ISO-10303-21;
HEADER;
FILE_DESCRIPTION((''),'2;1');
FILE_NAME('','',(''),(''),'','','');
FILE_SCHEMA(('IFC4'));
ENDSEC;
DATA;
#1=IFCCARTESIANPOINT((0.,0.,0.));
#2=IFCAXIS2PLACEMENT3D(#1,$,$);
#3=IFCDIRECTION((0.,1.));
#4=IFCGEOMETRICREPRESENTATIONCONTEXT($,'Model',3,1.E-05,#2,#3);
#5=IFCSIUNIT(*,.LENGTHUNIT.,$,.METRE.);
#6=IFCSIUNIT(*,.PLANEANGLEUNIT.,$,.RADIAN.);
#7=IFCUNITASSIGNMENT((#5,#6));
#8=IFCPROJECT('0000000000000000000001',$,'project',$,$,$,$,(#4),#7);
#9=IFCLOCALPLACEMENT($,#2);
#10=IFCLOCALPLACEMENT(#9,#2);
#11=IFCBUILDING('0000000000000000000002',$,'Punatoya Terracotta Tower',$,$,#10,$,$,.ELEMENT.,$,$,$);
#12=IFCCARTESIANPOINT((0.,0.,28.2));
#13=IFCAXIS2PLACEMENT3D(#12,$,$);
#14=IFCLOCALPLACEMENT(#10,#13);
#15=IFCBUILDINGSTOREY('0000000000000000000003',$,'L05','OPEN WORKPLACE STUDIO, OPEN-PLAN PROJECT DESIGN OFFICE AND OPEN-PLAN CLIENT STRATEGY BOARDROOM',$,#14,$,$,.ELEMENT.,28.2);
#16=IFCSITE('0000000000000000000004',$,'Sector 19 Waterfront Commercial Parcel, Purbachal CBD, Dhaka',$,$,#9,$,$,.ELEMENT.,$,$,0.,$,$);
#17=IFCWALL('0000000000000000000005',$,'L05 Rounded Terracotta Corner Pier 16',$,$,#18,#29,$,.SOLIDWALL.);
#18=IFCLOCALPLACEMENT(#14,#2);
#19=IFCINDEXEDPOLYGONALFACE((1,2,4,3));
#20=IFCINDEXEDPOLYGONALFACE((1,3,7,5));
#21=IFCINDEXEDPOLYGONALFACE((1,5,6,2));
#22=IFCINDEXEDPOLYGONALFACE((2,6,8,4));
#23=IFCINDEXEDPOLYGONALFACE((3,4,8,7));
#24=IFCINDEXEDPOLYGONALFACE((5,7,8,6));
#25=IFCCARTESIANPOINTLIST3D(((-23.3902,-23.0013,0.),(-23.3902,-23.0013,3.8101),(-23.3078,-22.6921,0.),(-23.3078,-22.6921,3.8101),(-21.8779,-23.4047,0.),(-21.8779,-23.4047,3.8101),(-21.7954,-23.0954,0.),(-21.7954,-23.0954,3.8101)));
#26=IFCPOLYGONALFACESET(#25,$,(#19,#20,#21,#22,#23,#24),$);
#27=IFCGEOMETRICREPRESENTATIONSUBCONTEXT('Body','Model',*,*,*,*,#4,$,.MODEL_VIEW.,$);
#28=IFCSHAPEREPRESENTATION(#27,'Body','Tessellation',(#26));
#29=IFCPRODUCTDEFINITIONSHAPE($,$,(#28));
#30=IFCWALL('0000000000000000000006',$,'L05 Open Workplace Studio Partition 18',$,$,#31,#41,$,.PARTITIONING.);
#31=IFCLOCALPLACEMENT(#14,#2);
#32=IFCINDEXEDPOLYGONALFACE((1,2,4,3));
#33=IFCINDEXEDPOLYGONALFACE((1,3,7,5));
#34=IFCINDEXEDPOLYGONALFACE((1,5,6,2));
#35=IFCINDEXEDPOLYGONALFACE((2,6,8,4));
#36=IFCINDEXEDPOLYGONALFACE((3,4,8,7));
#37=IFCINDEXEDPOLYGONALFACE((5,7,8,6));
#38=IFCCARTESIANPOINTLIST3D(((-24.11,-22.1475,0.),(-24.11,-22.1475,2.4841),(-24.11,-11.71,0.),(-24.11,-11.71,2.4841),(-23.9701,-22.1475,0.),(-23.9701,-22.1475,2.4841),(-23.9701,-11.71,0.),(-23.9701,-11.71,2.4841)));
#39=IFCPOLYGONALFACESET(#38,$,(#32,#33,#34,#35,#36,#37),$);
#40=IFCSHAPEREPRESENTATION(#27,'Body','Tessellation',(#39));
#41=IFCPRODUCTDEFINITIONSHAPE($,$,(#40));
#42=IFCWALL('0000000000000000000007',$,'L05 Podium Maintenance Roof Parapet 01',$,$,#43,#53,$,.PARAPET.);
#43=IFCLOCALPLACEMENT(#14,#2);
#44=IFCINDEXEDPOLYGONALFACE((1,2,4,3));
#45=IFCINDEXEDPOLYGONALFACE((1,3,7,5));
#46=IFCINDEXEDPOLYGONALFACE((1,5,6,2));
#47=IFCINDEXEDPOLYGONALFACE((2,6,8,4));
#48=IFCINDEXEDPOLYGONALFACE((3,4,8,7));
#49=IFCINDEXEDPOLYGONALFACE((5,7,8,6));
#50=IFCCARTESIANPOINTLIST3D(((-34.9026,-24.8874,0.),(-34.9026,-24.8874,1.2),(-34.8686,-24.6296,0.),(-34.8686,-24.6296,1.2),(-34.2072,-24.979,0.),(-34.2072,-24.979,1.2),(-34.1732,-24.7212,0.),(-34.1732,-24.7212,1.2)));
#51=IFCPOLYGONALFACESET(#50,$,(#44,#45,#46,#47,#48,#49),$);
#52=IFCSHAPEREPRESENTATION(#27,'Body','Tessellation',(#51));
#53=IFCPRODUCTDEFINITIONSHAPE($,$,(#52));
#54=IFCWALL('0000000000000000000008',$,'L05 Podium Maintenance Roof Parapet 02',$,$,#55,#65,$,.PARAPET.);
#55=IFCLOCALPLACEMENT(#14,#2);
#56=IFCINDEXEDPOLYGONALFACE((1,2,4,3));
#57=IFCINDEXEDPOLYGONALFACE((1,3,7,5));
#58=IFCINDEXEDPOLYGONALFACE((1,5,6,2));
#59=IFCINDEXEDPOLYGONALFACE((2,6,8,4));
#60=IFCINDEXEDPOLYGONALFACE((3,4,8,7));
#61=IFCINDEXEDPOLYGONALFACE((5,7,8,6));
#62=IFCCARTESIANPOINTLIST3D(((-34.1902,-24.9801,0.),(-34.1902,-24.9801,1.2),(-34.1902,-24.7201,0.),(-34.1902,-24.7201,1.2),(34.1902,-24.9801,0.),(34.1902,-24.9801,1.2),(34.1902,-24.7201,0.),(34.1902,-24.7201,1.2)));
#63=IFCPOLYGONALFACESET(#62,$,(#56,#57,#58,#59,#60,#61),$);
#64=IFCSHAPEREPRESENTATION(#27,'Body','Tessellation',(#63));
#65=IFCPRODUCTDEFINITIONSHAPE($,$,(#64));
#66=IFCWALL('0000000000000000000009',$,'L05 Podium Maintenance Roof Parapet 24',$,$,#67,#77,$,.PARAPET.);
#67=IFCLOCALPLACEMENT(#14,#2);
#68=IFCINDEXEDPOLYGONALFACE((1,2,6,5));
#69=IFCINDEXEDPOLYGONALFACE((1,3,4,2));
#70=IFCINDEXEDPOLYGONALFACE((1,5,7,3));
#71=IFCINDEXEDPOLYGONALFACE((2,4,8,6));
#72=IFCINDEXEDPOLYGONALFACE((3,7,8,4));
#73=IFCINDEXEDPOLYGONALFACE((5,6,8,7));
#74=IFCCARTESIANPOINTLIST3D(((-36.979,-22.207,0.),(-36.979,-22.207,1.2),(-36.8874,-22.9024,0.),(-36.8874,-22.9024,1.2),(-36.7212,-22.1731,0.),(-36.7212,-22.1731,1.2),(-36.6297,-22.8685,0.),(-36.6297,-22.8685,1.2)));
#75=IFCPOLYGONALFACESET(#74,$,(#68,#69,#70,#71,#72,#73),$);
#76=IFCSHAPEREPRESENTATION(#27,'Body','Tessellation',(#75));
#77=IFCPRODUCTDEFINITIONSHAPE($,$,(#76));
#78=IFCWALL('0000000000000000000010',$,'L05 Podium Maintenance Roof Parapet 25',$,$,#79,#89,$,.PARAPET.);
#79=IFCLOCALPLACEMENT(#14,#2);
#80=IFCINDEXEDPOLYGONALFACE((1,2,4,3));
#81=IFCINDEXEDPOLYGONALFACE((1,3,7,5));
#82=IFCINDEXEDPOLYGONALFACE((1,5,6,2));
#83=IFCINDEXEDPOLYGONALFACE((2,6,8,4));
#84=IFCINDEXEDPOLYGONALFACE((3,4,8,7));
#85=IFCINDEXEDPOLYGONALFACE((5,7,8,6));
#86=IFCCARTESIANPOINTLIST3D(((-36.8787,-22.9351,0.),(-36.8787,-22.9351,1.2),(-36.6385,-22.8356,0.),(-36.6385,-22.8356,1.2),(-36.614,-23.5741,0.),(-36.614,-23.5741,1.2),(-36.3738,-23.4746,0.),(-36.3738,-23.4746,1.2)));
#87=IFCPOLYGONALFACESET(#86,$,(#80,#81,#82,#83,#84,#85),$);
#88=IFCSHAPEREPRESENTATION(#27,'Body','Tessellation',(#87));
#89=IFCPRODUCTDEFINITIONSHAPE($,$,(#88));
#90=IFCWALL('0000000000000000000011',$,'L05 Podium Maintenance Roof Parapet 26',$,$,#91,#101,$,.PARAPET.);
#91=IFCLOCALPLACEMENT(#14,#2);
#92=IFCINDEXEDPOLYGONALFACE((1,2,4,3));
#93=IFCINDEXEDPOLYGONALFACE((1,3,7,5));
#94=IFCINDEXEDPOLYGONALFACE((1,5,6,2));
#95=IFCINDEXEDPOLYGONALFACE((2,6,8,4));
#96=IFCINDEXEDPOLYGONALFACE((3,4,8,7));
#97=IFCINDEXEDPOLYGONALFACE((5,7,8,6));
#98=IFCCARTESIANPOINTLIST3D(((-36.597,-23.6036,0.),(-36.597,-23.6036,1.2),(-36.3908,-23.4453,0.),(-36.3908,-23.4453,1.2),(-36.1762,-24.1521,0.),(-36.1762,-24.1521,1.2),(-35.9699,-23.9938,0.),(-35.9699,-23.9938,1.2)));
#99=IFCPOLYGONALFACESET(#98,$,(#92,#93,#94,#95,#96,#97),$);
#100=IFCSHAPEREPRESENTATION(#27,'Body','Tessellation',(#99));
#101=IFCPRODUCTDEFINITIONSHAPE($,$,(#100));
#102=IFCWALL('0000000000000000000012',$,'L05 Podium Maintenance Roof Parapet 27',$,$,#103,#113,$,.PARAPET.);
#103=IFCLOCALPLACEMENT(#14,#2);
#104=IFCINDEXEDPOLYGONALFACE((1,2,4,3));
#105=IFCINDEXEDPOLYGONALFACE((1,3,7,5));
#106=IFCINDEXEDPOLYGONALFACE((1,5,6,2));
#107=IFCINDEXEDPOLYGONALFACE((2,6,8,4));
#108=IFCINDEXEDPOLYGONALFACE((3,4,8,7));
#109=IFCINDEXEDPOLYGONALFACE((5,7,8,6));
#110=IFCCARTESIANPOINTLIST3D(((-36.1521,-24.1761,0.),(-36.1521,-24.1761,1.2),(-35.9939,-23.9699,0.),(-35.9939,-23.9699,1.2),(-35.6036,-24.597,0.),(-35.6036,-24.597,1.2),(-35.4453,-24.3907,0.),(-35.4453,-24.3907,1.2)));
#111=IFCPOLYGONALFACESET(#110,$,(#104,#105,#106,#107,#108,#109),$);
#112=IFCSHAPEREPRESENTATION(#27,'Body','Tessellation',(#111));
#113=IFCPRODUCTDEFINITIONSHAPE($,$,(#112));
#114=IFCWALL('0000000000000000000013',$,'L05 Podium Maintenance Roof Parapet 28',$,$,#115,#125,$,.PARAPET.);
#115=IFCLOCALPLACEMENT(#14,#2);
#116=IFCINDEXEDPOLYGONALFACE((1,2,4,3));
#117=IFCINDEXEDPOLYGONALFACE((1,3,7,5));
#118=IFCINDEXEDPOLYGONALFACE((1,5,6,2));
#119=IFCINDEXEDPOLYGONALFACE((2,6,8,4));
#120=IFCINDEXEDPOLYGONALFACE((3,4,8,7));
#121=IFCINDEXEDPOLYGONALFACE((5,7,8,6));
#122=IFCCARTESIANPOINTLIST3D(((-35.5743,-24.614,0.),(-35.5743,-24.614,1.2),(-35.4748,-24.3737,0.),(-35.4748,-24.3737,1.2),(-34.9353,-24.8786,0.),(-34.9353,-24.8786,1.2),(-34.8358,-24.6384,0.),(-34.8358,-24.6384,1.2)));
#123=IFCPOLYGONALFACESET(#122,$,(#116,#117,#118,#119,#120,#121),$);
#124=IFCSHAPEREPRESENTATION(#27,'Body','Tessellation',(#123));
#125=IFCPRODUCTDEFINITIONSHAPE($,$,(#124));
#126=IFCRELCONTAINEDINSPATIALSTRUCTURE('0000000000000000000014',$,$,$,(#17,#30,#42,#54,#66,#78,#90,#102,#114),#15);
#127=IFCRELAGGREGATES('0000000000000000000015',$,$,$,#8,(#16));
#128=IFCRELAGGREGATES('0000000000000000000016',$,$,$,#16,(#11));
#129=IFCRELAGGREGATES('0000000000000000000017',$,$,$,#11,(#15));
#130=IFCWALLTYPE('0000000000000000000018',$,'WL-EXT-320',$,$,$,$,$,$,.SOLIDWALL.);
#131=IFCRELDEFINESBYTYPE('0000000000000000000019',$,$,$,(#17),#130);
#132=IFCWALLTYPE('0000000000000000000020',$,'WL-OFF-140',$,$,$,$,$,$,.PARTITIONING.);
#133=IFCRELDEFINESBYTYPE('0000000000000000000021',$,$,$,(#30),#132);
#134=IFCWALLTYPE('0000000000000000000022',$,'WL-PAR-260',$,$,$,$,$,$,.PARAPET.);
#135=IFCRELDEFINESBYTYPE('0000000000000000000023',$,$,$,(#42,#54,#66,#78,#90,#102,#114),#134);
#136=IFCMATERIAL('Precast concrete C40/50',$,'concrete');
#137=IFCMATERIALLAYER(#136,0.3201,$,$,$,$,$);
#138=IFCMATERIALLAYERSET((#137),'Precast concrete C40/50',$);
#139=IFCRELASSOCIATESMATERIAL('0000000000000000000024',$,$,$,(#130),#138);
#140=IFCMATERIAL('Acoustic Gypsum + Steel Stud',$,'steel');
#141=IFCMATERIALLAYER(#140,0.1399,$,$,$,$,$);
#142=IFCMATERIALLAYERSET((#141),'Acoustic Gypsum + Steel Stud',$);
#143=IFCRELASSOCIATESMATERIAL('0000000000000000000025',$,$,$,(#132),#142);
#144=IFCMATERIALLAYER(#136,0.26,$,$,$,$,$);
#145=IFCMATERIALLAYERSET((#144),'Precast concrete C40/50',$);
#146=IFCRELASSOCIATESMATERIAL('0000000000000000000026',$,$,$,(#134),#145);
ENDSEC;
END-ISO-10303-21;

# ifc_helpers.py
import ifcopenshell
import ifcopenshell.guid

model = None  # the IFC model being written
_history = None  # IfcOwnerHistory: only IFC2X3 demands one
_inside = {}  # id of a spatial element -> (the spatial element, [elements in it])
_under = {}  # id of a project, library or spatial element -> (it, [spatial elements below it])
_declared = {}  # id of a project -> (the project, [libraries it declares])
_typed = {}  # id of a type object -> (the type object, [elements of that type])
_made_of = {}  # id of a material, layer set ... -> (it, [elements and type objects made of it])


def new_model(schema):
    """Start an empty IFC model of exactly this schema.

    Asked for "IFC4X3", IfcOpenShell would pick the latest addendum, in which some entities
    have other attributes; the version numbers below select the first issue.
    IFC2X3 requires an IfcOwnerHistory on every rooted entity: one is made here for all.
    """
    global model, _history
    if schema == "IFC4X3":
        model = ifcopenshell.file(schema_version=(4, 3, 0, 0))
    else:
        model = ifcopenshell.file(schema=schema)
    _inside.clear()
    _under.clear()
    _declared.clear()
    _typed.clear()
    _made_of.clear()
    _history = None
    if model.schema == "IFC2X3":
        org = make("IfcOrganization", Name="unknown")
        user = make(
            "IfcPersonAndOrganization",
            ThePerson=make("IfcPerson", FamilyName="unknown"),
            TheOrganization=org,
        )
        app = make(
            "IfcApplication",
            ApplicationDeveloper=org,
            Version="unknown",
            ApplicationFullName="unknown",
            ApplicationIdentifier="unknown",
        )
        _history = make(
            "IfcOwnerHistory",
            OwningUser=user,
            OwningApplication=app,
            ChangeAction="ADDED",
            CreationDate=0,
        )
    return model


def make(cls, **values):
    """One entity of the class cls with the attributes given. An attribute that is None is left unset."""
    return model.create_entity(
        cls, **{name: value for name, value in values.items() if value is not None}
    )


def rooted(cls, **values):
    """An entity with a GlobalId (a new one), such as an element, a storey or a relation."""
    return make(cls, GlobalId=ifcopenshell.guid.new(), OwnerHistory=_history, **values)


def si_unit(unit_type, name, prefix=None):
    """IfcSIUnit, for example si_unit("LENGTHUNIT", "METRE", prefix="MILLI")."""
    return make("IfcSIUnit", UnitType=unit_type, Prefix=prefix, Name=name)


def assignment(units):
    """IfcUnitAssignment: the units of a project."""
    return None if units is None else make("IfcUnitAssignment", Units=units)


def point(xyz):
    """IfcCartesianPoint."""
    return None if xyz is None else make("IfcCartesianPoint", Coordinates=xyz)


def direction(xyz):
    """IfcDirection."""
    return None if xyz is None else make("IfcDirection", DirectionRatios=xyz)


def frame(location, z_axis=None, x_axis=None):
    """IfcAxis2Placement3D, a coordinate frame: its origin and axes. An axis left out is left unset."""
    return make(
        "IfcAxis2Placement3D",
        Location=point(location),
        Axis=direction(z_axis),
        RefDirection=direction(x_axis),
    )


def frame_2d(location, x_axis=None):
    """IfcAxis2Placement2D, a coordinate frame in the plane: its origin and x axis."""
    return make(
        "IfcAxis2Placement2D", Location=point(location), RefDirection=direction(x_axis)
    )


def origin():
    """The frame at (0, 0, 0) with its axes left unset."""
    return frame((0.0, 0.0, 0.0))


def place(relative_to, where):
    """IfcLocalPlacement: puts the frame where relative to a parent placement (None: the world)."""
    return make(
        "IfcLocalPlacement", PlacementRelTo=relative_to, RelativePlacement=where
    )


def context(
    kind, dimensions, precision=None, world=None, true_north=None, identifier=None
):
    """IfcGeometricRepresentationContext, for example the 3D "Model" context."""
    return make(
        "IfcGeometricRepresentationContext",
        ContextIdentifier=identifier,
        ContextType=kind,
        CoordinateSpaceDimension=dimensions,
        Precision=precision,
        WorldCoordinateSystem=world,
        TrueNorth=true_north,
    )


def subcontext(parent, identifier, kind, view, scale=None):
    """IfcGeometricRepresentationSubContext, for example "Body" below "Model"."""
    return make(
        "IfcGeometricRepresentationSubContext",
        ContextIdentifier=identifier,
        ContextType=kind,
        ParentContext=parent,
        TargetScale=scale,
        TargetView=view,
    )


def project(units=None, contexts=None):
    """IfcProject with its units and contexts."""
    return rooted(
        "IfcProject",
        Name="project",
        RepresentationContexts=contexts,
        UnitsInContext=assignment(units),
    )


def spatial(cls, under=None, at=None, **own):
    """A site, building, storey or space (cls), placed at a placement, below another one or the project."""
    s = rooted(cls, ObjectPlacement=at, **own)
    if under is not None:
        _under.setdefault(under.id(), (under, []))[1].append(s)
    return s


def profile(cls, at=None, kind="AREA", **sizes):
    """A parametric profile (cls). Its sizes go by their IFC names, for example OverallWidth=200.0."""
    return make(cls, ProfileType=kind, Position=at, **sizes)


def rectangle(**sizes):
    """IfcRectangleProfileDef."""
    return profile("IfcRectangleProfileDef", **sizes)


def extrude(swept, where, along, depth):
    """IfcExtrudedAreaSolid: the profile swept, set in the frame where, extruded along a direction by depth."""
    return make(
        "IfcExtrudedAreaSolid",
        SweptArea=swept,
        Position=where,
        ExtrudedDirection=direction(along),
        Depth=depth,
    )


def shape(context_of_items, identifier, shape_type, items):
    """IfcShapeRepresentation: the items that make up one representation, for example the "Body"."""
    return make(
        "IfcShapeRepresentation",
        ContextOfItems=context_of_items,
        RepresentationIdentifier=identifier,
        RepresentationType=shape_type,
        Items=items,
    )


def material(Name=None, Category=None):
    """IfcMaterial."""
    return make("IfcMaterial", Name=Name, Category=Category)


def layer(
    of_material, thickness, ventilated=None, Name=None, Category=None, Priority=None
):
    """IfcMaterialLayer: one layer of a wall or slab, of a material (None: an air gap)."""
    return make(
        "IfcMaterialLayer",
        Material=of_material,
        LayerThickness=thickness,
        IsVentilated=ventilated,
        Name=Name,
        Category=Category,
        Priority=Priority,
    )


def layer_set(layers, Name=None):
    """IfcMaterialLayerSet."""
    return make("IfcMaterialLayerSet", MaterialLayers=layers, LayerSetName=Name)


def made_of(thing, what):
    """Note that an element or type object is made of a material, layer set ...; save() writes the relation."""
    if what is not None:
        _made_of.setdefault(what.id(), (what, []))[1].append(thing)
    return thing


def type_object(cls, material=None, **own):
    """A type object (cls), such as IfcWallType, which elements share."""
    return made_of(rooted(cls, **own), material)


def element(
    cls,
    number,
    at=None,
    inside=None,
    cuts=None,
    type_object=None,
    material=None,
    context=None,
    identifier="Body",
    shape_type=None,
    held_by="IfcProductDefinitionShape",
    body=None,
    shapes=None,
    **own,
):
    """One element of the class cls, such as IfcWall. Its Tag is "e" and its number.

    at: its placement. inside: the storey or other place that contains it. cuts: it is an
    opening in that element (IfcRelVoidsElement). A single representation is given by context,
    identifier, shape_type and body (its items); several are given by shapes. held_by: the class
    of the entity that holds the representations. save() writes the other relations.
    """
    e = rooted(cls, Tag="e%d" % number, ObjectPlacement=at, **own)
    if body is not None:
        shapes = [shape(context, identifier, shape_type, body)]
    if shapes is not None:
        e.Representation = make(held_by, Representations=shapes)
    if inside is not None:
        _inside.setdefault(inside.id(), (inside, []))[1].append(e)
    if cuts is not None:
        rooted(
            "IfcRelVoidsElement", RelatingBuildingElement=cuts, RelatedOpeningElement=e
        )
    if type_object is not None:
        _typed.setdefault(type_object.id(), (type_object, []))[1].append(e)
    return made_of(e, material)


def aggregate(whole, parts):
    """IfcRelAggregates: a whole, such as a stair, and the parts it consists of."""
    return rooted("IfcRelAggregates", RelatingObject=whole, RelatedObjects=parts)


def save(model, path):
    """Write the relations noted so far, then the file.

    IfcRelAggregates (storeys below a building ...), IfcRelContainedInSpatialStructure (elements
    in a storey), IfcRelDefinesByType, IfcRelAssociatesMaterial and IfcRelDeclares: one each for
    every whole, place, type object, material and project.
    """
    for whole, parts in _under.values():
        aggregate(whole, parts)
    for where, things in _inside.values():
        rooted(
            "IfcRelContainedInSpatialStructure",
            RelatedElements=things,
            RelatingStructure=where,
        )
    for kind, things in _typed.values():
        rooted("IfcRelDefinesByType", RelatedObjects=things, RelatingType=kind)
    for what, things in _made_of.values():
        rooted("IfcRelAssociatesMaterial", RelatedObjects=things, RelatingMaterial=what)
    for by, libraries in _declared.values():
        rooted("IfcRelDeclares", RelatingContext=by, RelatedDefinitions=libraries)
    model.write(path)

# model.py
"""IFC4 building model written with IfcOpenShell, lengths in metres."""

from ifc_helpers import new_model, si_unit, direction, frame, frame_2d, origin, place, context, subcontext, project, spatial, rectangle, extrude, material, layer, layer_set, type_object, element, save


model = new_model("IFC4")

# Units and contexts
model_context = context("Model", 3, precision=1e-05, world=origin(), true_north=direction((0.0, 1.0)))
body_context = subcontext(model_context, "Body", "Model", "MODEL_VIEW")
ifc_project = project(units=[si_unit("LENGTHUNIT", "METRE"), si_unit("PLANEANGLEUNIT", "RADIAN")], contexts=[model_context])

# Site, building, storey
site_placement = place(None, origin())
site = spatial("IfcSite", under=ifc_project, at=site_placement, Name="Sector 19 Waterfront Commercial Parcel, Purbachal CBD, Dhaka", CompositionType="ELEMENT", RefElevation=0.0)
building_placement = place(site_placement, origin())
building = spatial("IfcBuilding", under=site, at=building_placement, Name="Punatoya Terracotta Tower", CompositionType="ELEMENT")
storey_placement = place(building_placement, frame((0.0, 0.0, 28.2)))
storey = spatial("IfcBuildingStorey", under=building, at=storey_placement, Name="L05", Description="OPEN WORKPLACE STUDIO, OPEN-PLAN PROJECT DESIGN OFFICE AND OPEN-PLAN CLIENT STRATEGY BOARDROOM", CompositionType="ELEMENT", Elevation=28.2)

# Walls
ifc_material_1 = material(Name="Precast concrete C40/50", Category="concrete")
ifc_layer_1 = layer(ifc_material_1, 0.3201)
ifc_layer_set_1 = layer_set([ifc_layer_1], Name="Precast concrete C40/50")
wall_type_1 = type_object("IfcWallType", Name="WL-EXT-320", PredefinedType="SOLIDWALL", material=ifc_layer_set_1)
wall_1_placement = place(storey_placement, frame((-23.3491, -22.8467, 0.0), z_axis=(0.0, 0.0, 1.0), x_axis=(0.966225, -0.257701, 0.0)))
element("IfcWall", 1, at=wall_1_placement, inside=storey, type_object=wall_type_1, Name="L05 Rounded Terracotta Corner Pier 16", PredefinedType="SOLIDWALL", context=body_context, shape_type="SweptSolid", body=[
    extrude(rectangle(XDim=1.5652, YDim=0.3201, at=frame_2d((0.7827, 0.0))), origin(), (0.0, 0.0, 1.0), 3.8101),
])
ifc_material_2 = material(Name="Acoustic Gypsum + Steel Stud", Category="steel")
ifc_layer_2 = layer(ifc_material_2, 0.1399)
ifc_layer_set_2 = layer_set([ifc_layer_2], Name="Acoustic Gypsum + Steel Stud")
wall_type_2 = type_object("IfcWallType", Name="WL-OFF-140", PredefinedType="PARTITIONING", material=ifc_layer_set_2)
wall_2_placement = place(storey_placement, frame((-24.04, -22.1475, 0.0), z_axis=(0.0, 0.0, 1.0), x_axis=(0.0, 1.0, 0.0)))
element("IfcWall", 2, at=wall_2_placement, inside=storey, type_object=wall_type_2, Name="L05 Open Workplace Studio Partition 18", PredefinedType="PARTITIONING", context=body_context, shape_type="SweptSolid", body=[
    extrude(rectangle(XDim=10.4375, YDim=0.1399, at=frame_2d((5.2188, 0.0))), origin(), (0.0, 0.0, 1.0), 2.4841),
])
ifc_layer_3 = layer(ifc_material_1, 0.26)
ifc_layer_set_3 = layer_set([ifc_layer_3], Name="Precast concrete C40/50")
wall_type_3 = type_object("IfcWallType", Name="WL-PAR-260", PredefinedType="PARAPET", material=ifc_layer_set_3)
wall_3_placement = place(storey_placement, frame((-34.8855, -24.7585, 0.0), z_axis=(0.0, 0.0, 1.0), x_axis=(0.991442, -0.130545, 0.0)))
element("IfcWall", 3, at=wall_3_placement, inside=storey, type_object=wall_type_3, Name="L05 Podium Maintenance Roof Parapet 01", PredefinedType="PARAPET", context=body_context, shape_type="SweptSolid", body=[
    extrude(rectangle(XDim=0.7014, YDim=0.26, at=frame_2d((0.3506, 0.0))), origin(), (0.0, 0.0, 1.0), 1.2),
])
wall_4_placement = place(storey_placement, frame((-34.1902, -24.8501, 0.0), z_axis=(0.0, 0.0, 1.0), x_axis=(1.0, 0.0, 0.0)))
element("IfcWall", 4, at=wall_4_placement, inside=storey, type_object=wall_type_3, Name="L05 Podium Maintenance Roof Parapet 02", PredefinedType="PARAPET", context=body_context, shape_type="SweptSolid", body=[
    extrude(rectangle(XDim=68.3804, YDim=0.26, at=frame_2d((34.1902, 0.0))), origin(), (0.0, 0.0, 1.0), 1.2),
])
wall_5_placement = place(storey_placement, frame((-36.8501, -22.1902, 0.0), z_axis=(0.0, 0.0, 1.0), x_axis=(0.130545, -0.991442, 0.0)))
element("IfcWall", 5, at=wall_5_placement, inside=storey, type_object=wall_type_3, Name="L05 Podium Maintenance Roof Parapet 24", PredefinedType="PARAPET", context=body_context, shape_type="SweptSolid", body=[
    extrude(rectangle(XDim=0.7014, YDim=0.26, at=frame_2d((0.3506, 0.0))), origin(), (0.0, 0.0, 1.0), 1.2),
])
wall_6_placement = place(storey_placement, frame((-36.7585, -22.8855, 0.0), z_axis=(0.0, 0.0, 1.0), x_axis=(0.382684, -0.923879, 0.0)))
element("IfcWall", 6, at=wall_6_placement, inside=storey, type_object=wall_type_3, Name="L05 Podium Maintenance Roof Parapet 25", PredefinedType="PARAPET", context=body_context, shape_type="SweptSolid", body=[
    extrude(rectangle(XDim=0.6917, YDim=0.26, at=frame_2d((0.3457, 0.0))), origin(), (0.0, 0.0, 1.0), 1.2),
])
for number, where, z_axis, x_axis, name in (
    (7, (-36.4939, -23.5244, 0.0), (0.0, 0.0, 1.0), (0.608721, -0.793385, 0.0), "L05 Podium Maintenance Roof Parapet 26"),
    (8, (-36.073, -24.073, 0.0), (0.0, 0.0, 1.0), (0.793385, -0.608721, 0.0), "L05 Podium Maintenance Roof Parapet 27"),
):
    element("IfcWall", number, at=place(storey_placement, frame(where, z_axis=z_axis, x_axis=x_axis)), inside=storey, type_object=wall_type_3, Name=name, PredefinedType="PARAPET", context=body_context, shape_type="SweptSolid", body=[
        extrude(rectangle(XDim=0.6914, YDim=0.26, at=frame_2d((0.3457, 0.0))), origin(), (0.0, 0.0, 1.0), 1.2),
    ])
wall_7_placement = place(storey_placement, frame((-35.5244, -24.4939, 0.0), z_axis=(0.0, 0.0, 1.0), x_axis=(0.923879, -0.382684, 0.0)))
element("IfcWall", 9, at=wall_7_placement, inside=storey, type_object=wall_type_3, Name="L05 Podium Maintenance Roof Parapet 28", PredefinedType="PARAPET", context=body_context, shape_type="SweptSolid", body=[
    extrude(rectangle(XDim=0.6917, YDim=0.26, at=frame_2d((0.3457, 0.0))), origin(), (0.0, 0.0, 1.0), 1.2),
])

save(model, "model.ifc")
